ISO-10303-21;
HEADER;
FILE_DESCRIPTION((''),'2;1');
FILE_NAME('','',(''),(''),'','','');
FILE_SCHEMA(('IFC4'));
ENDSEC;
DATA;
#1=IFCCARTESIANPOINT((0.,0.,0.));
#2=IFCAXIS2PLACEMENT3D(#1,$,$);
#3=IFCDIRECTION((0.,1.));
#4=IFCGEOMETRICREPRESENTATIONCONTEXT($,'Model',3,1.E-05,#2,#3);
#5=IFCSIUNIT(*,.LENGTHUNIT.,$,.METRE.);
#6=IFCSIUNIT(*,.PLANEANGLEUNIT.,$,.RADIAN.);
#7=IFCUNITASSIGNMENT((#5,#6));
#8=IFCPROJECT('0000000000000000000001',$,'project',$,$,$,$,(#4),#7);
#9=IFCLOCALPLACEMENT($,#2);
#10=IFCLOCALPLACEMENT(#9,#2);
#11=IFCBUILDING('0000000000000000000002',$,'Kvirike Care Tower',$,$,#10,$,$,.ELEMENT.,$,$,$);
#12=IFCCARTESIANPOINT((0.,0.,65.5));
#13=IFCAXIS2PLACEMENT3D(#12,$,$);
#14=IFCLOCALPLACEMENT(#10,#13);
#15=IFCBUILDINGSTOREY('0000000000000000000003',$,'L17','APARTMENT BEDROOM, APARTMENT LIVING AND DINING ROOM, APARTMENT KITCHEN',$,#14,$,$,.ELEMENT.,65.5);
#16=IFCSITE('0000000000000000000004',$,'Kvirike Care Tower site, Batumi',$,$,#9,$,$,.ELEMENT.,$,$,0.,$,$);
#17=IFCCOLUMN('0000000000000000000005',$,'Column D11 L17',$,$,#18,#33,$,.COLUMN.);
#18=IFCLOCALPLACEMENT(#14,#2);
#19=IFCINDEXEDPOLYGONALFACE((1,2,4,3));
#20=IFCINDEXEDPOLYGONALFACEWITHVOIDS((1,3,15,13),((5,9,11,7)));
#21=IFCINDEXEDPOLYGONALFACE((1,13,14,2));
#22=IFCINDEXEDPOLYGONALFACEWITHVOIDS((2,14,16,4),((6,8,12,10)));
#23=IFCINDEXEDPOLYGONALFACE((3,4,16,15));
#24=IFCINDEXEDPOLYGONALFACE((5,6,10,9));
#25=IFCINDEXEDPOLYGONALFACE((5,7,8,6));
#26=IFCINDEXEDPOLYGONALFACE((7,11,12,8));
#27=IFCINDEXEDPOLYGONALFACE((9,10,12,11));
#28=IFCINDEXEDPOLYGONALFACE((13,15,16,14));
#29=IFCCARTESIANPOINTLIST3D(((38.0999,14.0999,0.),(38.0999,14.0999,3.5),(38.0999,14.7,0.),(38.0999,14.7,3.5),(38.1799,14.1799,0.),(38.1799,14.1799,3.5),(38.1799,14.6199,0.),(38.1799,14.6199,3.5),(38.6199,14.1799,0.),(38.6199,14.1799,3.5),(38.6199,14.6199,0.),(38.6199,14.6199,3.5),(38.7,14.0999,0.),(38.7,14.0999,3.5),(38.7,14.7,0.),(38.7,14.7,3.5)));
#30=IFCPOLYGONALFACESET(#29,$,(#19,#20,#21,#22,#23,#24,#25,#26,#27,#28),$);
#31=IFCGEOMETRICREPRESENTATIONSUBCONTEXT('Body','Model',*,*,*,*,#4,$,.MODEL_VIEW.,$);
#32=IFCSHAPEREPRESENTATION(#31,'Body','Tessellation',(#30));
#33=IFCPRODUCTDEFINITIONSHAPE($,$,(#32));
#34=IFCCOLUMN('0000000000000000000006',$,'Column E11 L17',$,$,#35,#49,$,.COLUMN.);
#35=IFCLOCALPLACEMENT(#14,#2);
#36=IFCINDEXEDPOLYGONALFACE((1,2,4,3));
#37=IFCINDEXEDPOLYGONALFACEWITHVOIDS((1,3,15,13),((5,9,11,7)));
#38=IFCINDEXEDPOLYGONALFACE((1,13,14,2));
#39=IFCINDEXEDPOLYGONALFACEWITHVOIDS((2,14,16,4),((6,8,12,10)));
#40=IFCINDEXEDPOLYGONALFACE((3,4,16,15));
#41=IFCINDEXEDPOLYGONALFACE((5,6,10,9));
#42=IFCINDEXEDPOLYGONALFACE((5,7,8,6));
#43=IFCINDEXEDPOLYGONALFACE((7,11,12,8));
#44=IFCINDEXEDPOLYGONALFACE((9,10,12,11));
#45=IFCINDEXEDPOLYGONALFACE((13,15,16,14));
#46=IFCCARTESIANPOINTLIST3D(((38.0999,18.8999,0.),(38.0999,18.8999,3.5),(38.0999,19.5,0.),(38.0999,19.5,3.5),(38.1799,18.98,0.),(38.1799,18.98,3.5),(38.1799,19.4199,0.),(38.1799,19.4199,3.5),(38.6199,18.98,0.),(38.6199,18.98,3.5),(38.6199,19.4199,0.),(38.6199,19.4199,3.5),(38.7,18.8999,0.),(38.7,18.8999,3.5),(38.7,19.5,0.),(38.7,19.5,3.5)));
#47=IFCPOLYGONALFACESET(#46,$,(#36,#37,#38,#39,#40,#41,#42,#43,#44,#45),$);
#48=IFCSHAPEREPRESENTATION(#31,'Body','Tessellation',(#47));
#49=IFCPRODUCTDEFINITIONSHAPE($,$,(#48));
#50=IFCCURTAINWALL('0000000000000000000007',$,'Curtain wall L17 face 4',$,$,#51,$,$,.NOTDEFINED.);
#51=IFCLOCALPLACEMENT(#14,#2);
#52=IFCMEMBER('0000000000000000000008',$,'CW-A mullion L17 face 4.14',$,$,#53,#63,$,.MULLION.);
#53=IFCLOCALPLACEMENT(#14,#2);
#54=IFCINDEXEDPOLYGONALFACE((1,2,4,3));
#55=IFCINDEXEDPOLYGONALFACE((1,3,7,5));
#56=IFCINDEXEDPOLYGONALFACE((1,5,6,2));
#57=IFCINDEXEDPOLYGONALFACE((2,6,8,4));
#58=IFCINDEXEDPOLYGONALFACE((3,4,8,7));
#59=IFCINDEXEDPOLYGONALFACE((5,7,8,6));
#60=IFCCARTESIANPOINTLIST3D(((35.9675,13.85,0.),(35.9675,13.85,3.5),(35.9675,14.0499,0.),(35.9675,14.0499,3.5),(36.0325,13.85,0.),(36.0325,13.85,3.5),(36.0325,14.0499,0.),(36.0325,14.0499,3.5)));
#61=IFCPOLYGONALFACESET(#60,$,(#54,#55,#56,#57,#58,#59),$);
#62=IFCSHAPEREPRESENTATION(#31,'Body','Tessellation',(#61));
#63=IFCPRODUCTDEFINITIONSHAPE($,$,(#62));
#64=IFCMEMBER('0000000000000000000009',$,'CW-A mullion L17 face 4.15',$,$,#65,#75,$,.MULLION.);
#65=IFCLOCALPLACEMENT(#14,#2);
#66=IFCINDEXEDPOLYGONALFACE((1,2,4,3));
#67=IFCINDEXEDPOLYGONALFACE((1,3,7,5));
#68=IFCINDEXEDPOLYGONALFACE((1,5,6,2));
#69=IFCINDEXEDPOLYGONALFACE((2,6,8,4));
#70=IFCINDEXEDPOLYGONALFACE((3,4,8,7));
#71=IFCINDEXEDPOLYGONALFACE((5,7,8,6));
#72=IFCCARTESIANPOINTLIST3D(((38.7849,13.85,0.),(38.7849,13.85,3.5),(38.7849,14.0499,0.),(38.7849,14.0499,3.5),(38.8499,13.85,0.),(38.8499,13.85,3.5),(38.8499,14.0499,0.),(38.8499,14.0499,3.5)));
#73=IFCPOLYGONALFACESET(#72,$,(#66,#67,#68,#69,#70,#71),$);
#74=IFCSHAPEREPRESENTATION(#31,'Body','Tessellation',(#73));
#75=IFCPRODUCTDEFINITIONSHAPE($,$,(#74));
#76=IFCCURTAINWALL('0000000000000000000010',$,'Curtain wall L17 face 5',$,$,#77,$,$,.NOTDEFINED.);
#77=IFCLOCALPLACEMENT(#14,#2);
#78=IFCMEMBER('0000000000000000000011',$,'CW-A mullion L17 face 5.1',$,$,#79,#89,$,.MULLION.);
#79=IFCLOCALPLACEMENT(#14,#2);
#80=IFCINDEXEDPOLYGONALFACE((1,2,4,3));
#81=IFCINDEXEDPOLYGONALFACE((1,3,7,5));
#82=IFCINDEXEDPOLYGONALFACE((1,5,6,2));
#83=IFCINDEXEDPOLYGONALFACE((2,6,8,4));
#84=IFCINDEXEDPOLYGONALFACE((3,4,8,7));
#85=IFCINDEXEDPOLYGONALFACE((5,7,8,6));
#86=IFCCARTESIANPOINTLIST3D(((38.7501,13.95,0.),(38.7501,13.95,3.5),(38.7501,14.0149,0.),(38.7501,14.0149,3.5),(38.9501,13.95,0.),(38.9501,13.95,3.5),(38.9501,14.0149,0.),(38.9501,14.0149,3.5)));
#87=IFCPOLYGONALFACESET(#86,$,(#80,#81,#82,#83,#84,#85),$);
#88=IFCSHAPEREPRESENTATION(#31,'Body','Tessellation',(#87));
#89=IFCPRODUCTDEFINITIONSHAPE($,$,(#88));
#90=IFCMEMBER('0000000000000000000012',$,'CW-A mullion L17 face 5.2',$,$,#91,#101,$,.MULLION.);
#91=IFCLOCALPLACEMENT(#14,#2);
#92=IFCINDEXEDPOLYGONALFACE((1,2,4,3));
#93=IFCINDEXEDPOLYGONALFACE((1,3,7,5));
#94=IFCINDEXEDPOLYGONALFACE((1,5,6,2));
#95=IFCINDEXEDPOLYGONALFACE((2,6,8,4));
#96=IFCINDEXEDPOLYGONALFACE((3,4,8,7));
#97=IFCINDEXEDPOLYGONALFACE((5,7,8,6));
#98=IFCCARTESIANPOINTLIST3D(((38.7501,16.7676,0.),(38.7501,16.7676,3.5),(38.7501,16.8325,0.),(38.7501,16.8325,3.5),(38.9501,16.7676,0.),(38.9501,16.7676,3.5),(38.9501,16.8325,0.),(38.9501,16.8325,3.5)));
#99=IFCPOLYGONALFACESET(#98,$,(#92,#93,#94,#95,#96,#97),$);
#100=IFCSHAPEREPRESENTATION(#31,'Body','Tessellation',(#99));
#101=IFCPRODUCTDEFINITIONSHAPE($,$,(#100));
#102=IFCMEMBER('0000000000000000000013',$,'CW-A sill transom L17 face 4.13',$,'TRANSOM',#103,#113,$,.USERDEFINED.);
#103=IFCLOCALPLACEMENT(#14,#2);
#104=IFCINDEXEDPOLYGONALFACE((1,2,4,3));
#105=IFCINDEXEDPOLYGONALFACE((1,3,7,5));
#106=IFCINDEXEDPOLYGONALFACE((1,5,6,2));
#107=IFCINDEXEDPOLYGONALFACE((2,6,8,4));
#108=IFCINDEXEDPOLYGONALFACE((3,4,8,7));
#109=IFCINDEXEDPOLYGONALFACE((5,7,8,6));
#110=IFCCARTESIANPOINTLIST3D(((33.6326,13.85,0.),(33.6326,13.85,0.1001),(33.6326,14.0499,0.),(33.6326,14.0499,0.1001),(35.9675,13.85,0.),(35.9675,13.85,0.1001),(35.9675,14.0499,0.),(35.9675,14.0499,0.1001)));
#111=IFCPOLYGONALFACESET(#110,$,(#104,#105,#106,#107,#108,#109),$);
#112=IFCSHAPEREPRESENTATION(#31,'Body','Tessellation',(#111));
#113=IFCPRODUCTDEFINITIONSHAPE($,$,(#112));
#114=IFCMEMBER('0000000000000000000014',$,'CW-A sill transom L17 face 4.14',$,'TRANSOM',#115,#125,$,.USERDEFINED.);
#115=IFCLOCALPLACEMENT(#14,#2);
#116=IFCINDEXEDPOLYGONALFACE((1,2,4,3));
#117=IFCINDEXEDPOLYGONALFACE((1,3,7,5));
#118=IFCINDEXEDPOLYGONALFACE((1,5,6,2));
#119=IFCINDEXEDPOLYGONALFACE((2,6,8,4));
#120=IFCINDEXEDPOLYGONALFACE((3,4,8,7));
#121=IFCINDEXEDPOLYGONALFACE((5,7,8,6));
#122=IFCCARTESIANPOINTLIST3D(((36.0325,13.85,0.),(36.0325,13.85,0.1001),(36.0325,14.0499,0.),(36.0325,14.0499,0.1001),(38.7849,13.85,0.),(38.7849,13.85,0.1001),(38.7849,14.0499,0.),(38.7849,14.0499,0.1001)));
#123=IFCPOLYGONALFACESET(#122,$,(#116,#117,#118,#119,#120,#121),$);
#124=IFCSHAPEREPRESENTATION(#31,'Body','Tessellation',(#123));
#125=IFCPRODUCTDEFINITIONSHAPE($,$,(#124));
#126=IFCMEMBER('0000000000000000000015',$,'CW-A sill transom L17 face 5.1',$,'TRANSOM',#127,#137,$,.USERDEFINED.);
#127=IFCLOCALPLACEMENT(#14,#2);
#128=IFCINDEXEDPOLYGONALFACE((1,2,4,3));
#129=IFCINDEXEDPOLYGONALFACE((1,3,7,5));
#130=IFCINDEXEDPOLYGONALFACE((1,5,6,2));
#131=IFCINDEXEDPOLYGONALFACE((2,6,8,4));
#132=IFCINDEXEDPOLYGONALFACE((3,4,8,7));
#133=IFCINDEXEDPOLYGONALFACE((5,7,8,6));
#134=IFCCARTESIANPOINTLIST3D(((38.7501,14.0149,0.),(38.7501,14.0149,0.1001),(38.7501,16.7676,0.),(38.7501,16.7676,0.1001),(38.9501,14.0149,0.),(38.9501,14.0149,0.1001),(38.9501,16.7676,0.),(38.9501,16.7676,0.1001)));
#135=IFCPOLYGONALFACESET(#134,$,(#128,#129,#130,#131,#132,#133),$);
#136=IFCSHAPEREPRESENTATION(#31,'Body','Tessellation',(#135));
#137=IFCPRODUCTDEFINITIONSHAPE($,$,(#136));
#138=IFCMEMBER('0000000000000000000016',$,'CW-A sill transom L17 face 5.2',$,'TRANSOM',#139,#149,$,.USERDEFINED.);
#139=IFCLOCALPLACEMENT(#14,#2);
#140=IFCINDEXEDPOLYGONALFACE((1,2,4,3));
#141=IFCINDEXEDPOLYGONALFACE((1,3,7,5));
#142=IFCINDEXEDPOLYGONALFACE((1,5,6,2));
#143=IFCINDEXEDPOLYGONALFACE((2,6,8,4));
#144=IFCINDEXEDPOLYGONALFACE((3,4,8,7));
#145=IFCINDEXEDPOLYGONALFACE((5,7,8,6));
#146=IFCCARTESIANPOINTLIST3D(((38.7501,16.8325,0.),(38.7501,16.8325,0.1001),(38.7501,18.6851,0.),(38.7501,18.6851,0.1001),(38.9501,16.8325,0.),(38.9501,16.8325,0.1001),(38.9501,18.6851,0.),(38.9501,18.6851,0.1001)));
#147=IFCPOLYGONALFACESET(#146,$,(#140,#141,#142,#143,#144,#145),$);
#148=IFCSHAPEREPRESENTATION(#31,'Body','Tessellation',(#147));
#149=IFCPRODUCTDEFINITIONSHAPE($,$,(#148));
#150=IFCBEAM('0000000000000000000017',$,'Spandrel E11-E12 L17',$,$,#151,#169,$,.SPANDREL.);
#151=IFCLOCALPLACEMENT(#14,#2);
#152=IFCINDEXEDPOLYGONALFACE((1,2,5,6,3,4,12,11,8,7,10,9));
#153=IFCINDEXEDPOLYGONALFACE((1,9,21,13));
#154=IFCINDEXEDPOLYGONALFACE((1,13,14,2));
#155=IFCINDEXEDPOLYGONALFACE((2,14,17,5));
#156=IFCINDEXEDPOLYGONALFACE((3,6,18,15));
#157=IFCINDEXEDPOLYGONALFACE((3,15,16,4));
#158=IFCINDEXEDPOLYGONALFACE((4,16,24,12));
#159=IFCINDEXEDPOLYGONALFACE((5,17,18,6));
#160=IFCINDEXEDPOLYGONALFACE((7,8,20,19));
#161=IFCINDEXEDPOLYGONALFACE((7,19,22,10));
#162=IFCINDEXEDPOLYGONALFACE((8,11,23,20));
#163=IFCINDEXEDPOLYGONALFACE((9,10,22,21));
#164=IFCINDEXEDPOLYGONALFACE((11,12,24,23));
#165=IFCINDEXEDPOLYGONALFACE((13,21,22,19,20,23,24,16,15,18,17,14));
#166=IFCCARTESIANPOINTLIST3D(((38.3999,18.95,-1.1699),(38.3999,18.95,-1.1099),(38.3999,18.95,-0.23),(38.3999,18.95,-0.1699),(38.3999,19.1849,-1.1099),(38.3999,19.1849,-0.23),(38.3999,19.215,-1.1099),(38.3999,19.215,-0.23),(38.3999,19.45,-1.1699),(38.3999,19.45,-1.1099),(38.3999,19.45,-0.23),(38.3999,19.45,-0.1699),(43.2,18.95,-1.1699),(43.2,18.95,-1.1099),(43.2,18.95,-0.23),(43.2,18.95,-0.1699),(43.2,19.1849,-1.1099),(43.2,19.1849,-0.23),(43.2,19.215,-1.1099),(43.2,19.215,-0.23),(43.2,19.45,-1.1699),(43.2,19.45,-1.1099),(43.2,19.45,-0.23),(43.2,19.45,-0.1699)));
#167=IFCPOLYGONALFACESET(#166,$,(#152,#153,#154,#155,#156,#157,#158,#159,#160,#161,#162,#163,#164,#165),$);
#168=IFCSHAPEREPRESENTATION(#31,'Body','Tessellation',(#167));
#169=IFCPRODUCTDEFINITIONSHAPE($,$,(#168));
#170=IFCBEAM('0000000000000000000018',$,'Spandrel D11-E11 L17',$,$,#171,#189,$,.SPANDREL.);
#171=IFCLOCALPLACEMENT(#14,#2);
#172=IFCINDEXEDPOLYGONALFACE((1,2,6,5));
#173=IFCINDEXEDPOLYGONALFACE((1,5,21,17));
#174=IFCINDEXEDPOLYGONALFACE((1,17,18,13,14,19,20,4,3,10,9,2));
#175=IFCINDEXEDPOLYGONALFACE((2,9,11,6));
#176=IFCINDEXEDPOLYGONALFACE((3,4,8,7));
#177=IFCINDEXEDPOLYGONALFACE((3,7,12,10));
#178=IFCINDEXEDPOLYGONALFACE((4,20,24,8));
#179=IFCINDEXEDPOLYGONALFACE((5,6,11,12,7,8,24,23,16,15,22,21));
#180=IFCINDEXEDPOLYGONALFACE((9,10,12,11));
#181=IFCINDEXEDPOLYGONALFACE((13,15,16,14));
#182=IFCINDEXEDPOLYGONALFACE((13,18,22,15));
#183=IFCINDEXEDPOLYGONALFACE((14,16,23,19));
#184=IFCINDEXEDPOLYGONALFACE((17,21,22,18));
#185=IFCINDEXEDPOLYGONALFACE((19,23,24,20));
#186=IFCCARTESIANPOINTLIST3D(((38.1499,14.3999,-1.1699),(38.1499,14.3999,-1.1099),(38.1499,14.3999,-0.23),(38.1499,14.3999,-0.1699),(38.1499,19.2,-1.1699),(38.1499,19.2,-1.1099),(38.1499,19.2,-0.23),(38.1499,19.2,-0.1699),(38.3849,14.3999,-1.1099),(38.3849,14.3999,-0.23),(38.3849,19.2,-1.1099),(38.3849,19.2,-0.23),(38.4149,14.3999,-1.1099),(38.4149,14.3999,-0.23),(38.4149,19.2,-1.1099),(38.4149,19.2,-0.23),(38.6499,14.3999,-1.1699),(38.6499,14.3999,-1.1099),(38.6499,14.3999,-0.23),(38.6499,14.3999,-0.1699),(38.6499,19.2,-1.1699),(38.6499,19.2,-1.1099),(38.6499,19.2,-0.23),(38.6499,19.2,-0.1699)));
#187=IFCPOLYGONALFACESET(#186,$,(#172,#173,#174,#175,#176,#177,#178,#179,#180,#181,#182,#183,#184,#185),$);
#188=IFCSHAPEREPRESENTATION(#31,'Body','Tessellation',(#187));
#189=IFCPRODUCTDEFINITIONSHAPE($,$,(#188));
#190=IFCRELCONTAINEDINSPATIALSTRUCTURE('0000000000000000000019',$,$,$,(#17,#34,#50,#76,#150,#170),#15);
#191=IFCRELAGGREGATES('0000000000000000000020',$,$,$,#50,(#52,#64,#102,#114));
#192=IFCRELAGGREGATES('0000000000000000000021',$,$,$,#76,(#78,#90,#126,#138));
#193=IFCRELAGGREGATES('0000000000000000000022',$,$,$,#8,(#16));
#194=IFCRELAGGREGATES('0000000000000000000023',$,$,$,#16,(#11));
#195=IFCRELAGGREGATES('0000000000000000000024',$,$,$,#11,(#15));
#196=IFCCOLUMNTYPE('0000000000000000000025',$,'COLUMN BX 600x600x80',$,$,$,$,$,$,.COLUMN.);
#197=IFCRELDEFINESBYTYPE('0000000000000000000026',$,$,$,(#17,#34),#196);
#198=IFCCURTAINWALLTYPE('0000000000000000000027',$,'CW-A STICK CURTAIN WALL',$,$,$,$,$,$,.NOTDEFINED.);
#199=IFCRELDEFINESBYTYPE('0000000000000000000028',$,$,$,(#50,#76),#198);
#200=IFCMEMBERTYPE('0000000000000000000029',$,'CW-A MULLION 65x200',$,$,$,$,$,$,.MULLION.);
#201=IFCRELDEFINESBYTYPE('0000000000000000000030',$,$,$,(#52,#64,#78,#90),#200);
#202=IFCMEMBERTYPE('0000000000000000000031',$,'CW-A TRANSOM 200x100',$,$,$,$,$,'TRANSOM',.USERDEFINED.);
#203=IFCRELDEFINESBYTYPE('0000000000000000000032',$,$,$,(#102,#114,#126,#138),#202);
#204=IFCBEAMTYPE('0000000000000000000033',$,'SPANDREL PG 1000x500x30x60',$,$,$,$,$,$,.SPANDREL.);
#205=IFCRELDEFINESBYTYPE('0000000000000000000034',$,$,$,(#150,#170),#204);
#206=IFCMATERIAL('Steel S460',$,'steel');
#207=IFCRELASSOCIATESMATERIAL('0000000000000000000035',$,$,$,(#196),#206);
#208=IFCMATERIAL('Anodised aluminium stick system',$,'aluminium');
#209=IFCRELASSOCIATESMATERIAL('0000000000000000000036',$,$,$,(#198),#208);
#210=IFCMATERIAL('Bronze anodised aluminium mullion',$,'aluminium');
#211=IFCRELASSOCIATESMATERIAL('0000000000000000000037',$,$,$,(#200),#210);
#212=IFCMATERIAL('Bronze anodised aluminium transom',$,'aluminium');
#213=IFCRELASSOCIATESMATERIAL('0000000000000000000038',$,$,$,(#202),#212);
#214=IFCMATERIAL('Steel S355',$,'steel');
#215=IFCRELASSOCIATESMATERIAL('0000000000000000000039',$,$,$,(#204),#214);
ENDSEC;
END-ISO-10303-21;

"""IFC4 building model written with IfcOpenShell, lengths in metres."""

from ifc_helpers import new_model, si_unit, direction, frame, origin, origin_2d, place, context, subcontext, project, spatial, rectangle, hollow_rectangle, i_section, extrude, material, material_profile, profile_set, type_object, element, aggregate, save


model = new_model("IFC4")

# Units and contexts
model_context = context("Model", 3, precision=1e-05, world=origin(), true_north=direction((0.0, 1.0)))
body_context = subcontext(model_context, "Body", "Model", "MODEL_VIEW")
ifc_project = project(units=[si_unit("LENGTHUNIT", "METRE"), si_unit("PLANEANGLEUNIT", "RADIAN")], contexts=[model_context])

# Site, building, storey
site_placement = place(None, origin())
site = spatial("IfcSite", under=ifc_project, at=site_placement, Name="Kvirike Care Tower site, Batumi", CompositionType="ELEMENT", RefElevation=0.0)
building_placement = place(site_placement, origin())
building = spatial("IfcBuilding", under=site, at=building_placement, Name="Kvirike Care Tower", CompositionType="ELEMENT")
storey_placement = place(building_placement, frame((0.0, 0.0, 65.5)))
storey = spatial("IfcBuildingStorey", under=building, at=storey_placement, Name="L17", Description="APARTMENT BEDROOM, APARTMENT LIVING AND DINING ROOM, APARTMENT KITCHEN", CompositionType="ELEMENT", Elevation=65.5)

# Columns
ifc_material_1 = material(Name="Steel S460", Category="steel")
ifc_material_profile_1 = material_profile(ifc_material_1, hollow_rectangle(XDim=0.6001, YDim=0.6001, WallThickness=0.0801, at=origin_2d()), Name="BX 600x600x80")
ifc_profile_set_1 = profile_set([ifc_material_profile_1], Name="Steel S460")
column_type = type_object("IfcColumnType", Name="COLUMN BX 600x600x80", PredefinedType="COLUMN", material=ifc_profile_set_1)
for number, where, z_axis, x_axis, name in (
    (1, (38.3999, 14.3999, 0.0), (0.0, 0.0, 1.0), (0.0, 1.0, 0.0), "Column D11 L17"),
    (2, (38.3999, 19.2, 0.0), (0.0, 0.0, 1.0), (0.0, 1.0, 0.0), "Column E11 L17"),
):
    element("IfcColumn", number, at=place(storey_placement, frame(where, z_axis=z_axis, x_axis=x_axis)), inside=storey, type_object=column_type, Name=name, PredefinedType="COLUMN", context=body_context, shape_type="SweptSolid", body=[
        extrude(hollow_rectangle(XDim=0.6001, YDim=0.6001, WallThickness=0.0801, at=origin_2d()), origin(), (0.0, 0.0, 1.0), 3.5),
    ])

# Curtain walls, members
ifc_material_2 = material(Name="Anodised aluminium stick system", Category="aluminium")
curtain_wall_type = type_object("IfcCurtainWallType", Name="CW-A STICK CURTAIN WALL", PredefinedType="NOTDEFINED", material=ifc_material_2)
curtain_wall_1_placement = place(storey_placement, origin())
curtain_wall_1 = element("IfcCurtainWall", 3, at=curtain_wall_1_placement, inside=storey, type_object=curtain_wall_type, Name="Curtain wall L17 face 4", PredefinedType="NOTDEFINED")
ifc_material_3 = material(Name="Bronze anodised aluminium mullion", Category="aluminium")
ifc_material_profile_2 = material_profile(ifc_material_3, rectangle(XDim=0.0649, YDim=0.2, at=origin_2d()), Name="CW-A MULLION 65x200")
ifc_profile_set_2 = profile_set([ifc_material_profile_2], Name="Bronze anodised aluminium mullion")
member_type_1 = type_object("IfcMemberType", Name="CW-A MULLION 65x200", PredefinedType="MULLION", material=ifc_profile_set_2)
member_1_placement = place(storey_placement, frame((36.0, 13.95, 0.0), z_axis=(0.0, 0.0, 1.0), x_axis=(1.0, 0.0, 0.0)))
member_1 = element("IfcMember", 4, at=member_1_placement, type_object=member_type_1, Name="CW-A mullion L17 face 4.14", PredefinedType="MULLION", context=body_context, shape_type="SweptSolid", body=[
    extrude(rectangle(XDim=0.0649, YDim=0.2, at=origin_2d()), origin(), (0.0, 0.0, 1.0), 3.5),
])
member_2_placement = place(storey_placement, frame((38.8174, 13.95, 0.0), z_axis=(0.0, 0.0, 1.0), x_axis=(1.0, 0.0, 0.0)))
member_2 = element("IfcMember", 5, at=member_2_placement, type_object=member_type_1, Name="CW-A mullion L17 face 4.15", PredefinedType="MULLION", context=body_context, shape_type="SweptSolid", body=[
    extrude(rectangle(XDim=0.0649, YDim=0.2, at=origin_2d()), origin(), (0.0, 0.0, 1.0), 3.5),
])
curtain_wall_2_placement = place(storey_placement, origin())
curtain_wall_2 = element("IfcCurtainWall", 6, at=curtain_wall_2_placement, inside=storey, type_object=curtain_wall_type, Name="Curtain wall L17 face 5", PredefinedType="NOTDEFINED")
member_3_placement = place(storey_placement, frame((38.8501, 13.9824, 0.0), z_axis=(0.0, 0.0, 1.0), x_axis=(0.0, 1.0, 0.0)))
member_3 = element("IfcMember", 7, at=member_3_placement, type_object=member_type_1, Name="CW-A mullion L17 face 5.1", PredefinedType="MULLION", context=body_context, shape_type="SweptSolid", body=[
    extrude(rectangle(XDim=0.0649, YDim=0.2, at=origin_2d()), origin(), (0.0, 0.0, 1.0), 3.5),
])
member_4_placement = place(storey_placement, frame((38.8501, 16.8, 0.0), z_axis=(0.0, 0.0, 1.0), x_axis=(0.0, 1.0, 0.0)))
member_4 = element("IfcMember", 8, at=member_4_placement, type_object=member_type_1, Name="CW-A mullion L17 face 5.2", PredefinedType="MULLION", context=body_context, shape_type="SweptSolid", body=[
    extrude(rectangle(XDim=0.0649, YDim=0.2, at=origin_2d()), origin(), (0.0, 0.0, 1.0), 3.5),
])

# Members
ifc_material_4 = material(Name="Bronze anodised aluminium transom", Category="aluminium")
ifc_material_profile_3 = material_profile(ifc_material_4, rectangle(XDim=0.2, YDim=0.1001, at=origin_2d()), Name="CW-A TRANSOM 200x100")
ifc_profile_set_3 = profile_set([ifc_material_profile_3], Name="Bronze anodised aluminium transom")
member_type_2 = type_object("IfcMemberType", Name="CW-A TRANSOM 200x100", ElementType="TRANSOM", PredefinedType="USERDEFINED", material=ifc_profile_set_3)
member_5_placement = place(storey_placement, frame((33.6326, 13.95, 0.05), z_axis=(1.0, 0.0, 0.0), x_axis=(0.0, 1.0, 0.0)))
member_5 = element("IfcMember", 9, at=member_5_placement, type_object=member_type_2, Name="CW-A sill transom L17 face 4.13", ObjectType="TRANSOM", PredefinedType="USERDEFINED", context=body_context, shape_type="SweptSolid", body=[
    extrude(rectangle(XDim=0.2, YDim=0.1001, at=origin_2d()), origin(), (0.0, 0.0, 1.0), 2.335),
])
member_6_placement = place(storey_placement, frame((36.0325, 13.95, 0.05), z_axis=(1.0, 0.0, 0.0), x_axis=(0.0, 1.0, 0.0)))
member_6 = element("IfcMember", 10, at=member_6_placement, type_object=member_type_2, Name="CW-A sill transom L17 face 4.14", ObjectType="TRANSOM", PredefinedType="USERDEFINED", context=body_context, shape_type="SweptSolid", body=[
    extrude(rectangle(XDim=0.2, YDim=0.1001, at=origin_2d()), origin(), (0.0, 0.0, 1.0), 2.7524),
])
member_7_placement = place(storey_placement, frame((38.8501, 14.0149, 0.05), z_axis=(0.0, 1.0, 0.0), x_axis=(-1.0, 0.0, 0.0)))
member_7 = element("IfcMember", 11, at=member_7_placement, type_object=member_type_2, Name="CW-A sill transom L17 face 5.1", ObjectType="TRANSOM", PredefinedType="USERDEFINED", context=body_context, shape_type="SweptSolid", body=[
    extrude(rectangle(XDim=0.2, YDim=0.1001, at=origin_2d()), origin(), (0.0, 0.0, 1.0), 2.7527),
])
member_8_placement = place(storey_placement, frame((38.8501, 16.8325, 0.05), z_axis=(0.0, 1.0, 0.0), x_axis=(-1.0, 0.0, 0.0)))
member_8 = element("IfcMember", 12, at=member_8_placement, type_object=member_type_2, Name="CW-A sill transom L17 face 5.2", ObjectType="TRANSOM", PredefinedType="USERDEFINED", context=body_context, shape_type="SweptSolid", body=[
    extrude(rectangle(XDim=0.2, YDim=0.1001, at=origin_2d()), origin(), (0.0, 0.0, 1.0), 1.8525),
])

# Beams
ifc_material_5 = material(Name="Steel S355", Category="steel")
ifc_material_profile_4 = material_profile(ifc_material_5, i_section(OverallWidth=0.5, OverallDepth=1.0, WebThickness=0.03, FlangeThickness=0.0601, at=origin_2d()), Name="PG 1000x500x30x60")
ifc_profile_set_4 = profile_set([ifc_material_profile_4], Name="Steel S355")
beam_type = type_object("IfcBeamType", Name="SPANDREL PG 1000x500x30x60", PredefinedType="SPANDREL", material=ifc_profile_set_4)
for number, where, z_axis, x_axis, name in (
    (13, (38.3999, 19.2, -0.6699), (1.0, 0.0, 0.0), (0.0, 1.0, 0.0), "Spandrel E11-E12 L17"),
    (14, (38.3999, 14.3999, -0.6699), (0.0, 1.0, 0.0), (-1.0, 0.0, 0.0), "Spandrel D11-E11 L17"),
):
    element("IfcBeam", number, at=place(storey_placement, frame(where, z_axis=z_axis, x_axis=x_axis)), inside=storey, type_object=beam_type, Name=name, PredefinedType="SPANDREL", context=body_context, shape_type="SweptSolid", body=[
        extrude(i_section(OverallWidth=0.5, OverallDepth=1.0, WebThickness=0.03, FlangeThickness=0.0601, at=origin_2d()), origin(), (0.0, 0.0, 1.0), 4.8),
    ])

aggregate(curtain_wall_1, [member_1, member_2, member_5, member_6])
aggregate(curtain_wall_2, [member_3, member_4, member_7, member_8])

save(model, "model.ifc")
